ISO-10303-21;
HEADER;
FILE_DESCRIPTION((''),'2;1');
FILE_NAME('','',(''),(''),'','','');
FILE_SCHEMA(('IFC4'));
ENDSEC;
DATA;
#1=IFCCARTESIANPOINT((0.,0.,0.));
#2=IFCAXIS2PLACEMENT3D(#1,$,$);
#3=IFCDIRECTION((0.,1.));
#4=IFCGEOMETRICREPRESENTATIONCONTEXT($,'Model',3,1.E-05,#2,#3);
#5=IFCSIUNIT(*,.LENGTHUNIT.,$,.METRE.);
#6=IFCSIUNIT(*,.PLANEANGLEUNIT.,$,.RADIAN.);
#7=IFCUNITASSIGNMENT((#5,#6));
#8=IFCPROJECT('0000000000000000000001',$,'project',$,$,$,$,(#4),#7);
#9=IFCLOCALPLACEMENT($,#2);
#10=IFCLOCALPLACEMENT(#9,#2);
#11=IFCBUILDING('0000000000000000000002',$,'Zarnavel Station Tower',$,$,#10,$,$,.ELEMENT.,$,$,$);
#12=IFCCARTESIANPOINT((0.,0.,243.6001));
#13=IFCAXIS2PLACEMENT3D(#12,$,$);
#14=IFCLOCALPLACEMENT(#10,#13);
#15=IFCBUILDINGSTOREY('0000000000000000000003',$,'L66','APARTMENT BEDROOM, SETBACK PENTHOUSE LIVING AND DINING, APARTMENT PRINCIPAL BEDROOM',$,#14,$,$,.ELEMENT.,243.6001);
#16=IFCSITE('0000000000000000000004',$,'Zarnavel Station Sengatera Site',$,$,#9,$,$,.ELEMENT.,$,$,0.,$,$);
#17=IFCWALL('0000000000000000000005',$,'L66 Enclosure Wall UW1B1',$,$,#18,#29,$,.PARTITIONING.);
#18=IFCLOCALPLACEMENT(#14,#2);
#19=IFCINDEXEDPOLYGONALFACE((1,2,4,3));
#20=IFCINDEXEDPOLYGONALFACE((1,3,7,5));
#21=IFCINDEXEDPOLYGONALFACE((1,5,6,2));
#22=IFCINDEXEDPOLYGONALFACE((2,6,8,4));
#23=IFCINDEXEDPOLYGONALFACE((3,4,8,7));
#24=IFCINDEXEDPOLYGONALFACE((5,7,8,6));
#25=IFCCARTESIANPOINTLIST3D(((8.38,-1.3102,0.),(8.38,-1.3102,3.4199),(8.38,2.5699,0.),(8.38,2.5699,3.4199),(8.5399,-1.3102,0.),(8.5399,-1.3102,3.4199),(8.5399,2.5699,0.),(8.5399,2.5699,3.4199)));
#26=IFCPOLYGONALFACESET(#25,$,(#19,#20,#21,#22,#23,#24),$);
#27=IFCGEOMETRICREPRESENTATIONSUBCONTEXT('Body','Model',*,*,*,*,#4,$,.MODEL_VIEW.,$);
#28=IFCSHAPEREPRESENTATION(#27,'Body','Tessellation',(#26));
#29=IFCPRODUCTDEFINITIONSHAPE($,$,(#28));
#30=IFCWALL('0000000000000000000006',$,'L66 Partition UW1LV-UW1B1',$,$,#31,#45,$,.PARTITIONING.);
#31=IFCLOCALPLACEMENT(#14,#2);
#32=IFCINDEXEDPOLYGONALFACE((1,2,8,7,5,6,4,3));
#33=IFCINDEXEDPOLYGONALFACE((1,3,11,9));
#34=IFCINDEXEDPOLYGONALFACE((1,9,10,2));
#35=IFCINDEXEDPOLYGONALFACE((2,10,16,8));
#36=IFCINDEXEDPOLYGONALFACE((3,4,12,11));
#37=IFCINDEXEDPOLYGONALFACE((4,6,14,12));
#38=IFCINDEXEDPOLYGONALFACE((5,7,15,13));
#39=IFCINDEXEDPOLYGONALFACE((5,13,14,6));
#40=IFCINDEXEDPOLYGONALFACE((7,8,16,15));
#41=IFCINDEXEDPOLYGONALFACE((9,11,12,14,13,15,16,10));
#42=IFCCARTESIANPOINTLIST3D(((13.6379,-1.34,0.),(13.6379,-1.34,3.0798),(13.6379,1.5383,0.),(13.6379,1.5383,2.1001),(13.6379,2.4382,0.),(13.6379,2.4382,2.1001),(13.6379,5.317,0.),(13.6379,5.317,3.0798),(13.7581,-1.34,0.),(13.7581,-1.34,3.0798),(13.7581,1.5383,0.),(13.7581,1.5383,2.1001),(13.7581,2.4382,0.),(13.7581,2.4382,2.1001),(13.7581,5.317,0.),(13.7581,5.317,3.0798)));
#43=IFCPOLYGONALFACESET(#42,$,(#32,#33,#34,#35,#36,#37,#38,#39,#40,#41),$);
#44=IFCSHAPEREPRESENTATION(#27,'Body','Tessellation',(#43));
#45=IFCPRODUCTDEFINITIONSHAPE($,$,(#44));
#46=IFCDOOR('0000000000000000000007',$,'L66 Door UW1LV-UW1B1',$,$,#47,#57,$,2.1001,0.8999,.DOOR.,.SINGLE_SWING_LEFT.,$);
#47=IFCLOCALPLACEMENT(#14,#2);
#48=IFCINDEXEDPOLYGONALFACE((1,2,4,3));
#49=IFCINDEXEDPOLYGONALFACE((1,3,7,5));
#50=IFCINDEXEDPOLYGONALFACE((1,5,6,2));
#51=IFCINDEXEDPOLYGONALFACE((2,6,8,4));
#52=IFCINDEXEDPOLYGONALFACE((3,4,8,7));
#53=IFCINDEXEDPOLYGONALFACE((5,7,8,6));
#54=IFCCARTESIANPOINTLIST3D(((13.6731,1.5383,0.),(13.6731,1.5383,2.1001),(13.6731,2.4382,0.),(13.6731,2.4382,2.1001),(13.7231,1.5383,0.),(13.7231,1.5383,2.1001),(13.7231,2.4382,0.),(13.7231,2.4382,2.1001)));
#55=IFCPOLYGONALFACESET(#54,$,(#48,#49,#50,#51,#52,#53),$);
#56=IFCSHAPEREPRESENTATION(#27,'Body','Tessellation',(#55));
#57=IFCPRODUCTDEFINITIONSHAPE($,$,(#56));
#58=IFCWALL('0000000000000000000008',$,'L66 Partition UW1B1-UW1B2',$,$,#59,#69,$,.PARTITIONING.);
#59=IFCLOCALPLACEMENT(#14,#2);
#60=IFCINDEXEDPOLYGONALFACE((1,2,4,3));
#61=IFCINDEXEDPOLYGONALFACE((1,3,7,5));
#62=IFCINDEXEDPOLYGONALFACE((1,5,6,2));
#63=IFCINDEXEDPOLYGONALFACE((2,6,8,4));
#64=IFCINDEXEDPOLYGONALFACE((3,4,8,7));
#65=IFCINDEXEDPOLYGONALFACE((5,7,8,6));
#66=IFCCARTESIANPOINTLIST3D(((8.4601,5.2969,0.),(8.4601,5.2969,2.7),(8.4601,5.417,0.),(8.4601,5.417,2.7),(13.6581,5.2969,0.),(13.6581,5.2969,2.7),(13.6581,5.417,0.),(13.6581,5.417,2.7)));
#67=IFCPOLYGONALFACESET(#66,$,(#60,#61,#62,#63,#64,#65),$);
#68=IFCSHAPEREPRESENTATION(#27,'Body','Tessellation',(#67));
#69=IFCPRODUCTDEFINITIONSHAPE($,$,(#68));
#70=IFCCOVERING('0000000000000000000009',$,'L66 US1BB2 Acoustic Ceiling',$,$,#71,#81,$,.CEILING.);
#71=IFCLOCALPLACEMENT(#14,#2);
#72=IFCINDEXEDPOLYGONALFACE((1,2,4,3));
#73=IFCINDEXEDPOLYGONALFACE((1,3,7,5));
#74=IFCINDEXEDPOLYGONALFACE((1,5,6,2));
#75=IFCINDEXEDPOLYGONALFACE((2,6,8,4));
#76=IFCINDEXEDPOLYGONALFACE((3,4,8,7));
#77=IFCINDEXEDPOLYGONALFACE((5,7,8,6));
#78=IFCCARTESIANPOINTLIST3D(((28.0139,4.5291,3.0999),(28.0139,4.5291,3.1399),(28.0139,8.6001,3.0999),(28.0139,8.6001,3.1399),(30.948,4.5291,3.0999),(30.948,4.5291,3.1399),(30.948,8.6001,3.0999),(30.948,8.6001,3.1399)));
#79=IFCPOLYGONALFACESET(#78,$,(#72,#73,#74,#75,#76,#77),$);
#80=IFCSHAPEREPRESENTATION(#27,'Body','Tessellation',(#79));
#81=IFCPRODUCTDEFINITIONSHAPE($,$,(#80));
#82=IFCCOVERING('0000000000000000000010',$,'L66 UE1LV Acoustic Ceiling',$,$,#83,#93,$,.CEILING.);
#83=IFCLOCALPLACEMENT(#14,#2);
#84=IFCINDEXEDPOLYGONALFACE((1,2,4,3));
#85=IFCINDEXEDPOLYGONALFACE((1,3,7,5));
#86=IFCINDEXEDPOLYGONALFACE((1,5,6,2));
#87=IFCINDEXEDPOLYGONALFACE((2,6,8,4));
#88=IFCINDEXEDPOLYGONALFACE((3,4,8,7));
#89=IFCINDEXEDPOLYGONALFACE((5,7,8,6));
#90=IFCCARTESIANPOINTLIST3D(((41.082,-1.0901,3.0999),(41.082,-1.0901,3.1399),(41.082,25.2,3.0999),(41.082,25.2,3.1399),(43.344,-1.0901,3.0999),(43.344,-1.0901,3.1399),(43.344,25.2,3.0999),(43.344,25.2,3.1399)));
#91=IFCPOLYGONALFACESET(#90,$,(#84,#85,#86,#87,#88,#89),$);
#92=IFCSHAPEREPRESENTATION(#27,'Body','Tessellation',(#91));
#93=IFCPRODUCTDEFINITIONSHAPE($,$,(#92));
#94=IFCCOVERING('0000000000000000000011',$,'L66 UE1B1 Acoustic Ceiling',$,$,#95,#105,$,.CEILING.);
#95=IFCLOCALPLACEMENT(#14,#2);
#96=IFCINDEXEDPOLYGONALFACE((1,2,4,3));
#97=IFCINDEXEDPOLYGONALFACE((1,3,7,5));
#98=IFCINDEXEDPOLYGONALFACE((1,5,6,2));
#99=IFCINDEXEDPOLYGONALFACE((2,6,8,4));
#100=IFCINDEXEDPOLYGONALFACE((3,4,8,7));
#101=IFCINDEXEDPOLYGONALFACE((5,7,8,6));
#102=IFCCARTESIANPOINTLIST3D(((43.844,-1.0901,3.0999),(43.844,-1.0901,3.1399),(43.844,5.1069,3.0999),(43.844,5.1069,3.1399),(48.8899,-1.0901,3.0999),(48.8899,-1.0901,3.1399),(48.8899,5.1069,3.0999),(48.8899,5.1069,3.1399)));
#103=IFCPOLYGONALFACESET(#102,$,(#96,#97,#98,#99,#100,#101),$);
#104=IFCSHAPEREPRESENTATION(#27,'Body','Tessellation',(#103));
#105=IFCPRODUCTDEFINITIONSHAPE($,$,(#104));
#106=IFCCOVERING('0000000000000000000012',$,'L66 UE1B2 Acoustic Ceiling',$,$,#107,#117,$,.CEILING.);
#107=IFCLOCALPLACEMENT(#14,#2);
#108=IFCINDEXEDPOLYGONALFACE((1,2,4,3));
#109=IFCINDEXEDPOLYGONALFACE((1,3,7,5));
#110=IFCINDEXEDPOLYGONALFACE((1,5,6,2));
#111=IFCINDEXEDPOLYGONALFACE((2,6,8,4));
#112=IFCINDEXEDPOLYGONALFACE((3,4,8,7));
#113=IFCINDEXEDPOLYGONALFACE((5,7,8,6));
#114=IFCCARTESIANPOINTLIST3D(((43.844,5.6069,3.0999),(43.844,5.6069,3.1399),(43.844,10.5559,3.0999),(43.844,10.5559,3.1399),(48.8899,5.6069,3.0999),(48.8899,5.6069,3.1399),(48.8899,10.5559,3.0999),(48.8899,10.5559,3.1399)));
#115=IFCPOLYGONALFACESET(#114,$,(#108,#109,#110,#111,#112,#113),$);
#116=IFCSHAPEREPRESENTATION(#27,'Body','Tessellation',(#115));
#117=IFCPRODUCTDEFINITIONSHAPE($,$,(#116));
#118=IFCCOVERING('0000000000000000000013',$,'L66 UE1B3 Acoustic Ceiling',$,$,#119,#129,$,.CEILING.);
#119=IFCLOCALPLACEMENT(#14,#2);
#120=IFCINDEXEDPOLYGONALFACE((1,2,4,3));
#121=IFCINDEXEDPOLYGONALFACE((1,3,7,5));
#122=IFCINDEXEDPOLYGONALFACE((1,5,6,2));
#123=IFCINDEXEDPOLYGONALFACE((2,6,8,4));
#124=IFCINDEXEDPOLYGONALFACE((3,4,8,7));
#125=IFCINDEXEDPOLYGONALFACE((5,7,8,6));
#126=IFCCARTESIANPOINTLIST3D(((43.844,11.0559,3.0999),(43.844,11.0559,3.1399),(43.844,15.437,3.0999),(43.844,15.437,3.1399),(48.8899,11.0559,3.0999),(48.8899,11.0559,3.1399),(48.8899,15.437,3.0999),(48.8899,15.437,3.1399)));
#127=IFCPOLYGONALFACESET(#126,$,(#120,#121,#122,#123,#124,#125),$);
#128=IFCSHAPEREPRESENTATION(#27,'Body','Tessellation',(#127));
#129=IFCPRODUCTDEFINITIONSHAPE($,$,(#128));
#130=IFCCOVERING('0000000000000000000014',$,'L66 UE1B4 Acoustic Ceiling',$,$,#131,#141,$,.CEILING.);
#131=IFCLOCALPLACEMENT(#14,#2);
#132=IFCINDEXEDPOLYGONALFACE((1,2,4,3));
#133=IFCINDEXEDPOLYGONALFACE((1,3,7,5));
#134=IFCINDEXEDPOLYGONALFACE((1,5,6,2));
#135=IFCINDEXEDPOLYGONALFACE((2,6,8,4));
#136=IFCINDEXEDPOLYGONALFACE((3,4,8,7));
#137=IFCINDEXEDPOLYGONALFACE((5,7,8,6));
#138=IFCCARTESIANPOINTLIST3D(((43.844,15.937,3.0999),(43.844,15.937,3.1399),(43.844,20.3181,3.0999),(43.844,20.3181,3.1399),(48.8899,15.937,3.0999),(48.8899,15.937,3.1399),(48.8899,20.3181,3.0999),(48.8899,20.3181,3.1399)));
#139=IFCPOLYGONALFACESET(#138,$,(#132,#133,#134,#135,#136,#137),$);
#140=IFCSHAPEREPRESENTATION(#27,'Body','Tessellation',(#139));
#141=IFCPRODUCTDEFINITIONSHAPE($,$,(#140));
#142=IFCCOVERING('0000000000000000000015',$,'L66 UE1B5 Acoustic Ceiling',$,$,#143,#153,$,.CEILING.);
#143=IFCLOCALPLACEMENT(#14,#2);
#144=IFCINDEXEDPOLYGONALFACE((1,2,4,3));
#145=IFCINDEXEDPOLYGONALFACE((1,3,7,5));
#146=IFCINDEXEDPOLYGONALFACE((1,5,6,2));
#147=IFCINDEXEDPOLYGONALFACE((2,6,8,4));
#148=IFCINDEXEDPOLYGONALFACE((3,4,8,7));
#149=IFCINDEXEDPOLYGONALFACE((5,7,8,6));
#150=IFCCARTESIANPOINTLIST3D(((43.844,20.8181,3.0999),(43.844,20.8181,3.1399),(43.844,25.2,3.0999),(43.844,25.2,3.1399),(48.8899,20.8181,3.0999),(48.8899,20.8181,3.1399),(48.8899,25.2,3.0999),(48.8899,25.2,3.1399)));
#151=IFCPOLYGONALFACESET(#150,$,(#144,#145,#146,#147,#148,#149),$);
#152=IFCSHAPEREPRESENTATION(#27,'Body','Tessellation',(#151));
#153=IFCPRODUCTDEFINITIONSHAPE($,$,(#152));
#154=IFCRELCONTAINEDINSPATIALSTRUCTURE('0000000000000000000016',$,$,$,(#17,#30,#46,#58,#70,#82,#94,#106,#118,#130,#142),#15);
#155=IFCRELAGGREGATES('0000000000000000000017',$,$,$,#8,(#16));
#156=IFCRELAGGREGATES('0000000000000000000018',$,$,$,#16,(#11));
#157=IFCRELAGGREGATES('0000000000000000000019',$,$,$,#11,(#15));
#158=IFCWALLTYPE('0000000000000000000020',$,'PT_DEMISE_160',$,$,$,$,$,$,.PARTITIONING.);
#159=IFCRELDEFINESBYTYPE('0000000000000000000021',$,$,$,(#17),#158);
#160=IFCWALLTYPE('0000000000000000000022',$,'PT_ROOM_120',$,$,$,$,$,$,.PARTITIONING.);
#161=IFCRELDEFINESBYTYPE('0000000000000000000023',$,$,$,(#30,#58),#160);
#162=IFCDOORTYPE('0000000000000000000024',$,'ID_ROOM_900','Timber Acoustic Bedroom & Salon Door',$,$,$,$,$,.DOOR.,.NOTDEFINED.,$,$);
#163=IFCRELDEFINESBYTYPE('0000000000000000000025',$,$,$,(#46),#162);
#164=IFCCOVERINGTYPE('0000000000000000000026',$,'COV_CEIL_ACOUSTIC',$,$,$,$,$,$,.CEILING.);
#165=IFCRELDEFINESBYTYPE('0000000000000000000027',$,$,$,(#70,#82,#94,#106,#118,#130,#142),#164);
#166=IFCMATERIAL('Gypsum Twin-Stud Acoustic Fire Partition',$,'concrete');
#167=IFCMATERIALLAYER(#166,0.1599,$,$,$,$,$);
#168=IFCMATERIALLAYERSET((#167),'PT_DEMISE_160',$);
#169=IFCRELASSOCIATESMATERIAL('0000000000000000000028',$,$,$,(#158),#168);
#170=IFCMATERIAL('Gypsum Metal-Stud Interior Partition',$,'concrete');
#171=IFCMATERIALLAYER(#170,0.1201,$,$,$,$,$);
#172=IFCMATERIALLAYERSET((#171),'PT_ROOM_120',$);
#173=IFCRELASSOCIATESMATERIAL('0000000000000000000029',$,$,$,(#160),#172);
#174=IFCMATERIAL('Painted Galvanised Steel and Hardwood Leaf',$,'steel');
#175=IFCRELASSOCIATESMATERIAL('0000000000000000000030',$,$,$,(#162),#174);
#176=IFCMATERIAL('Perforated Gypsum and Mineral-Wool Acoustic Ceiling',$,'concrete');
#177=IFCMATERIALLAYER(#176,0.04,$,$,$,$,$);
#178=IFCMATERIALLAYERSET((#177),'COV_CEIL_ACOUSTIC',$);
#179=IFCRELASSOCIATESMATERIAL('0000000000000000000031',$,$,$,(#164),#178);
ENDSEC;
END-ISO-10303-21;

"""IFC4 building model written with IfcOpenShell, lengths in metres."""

from ifc_helpers import new_model, si_unit, direction, frame, frame_2d, origin, place, context, subcontext, project, spatial, polyline, rectangle, outline, extrude, material, layer, layer_set, type_object, element, fill, save


model = new_model("IFC4")

# Units and contexts
model_context = context("Model", 3, precision=1e-05, world=origin(), true_north=direction((0.0, 1.0)))
body_context = subcontext(model_context, "Body", "Model", "MODEL_VIEW")
ifc_project = project(units=[si_unit("LENGTHUNIT", "METRE"), si_unit("PLANEANGLEUNIT", "RADIAN")], contexts=[model_context])

# Site, building, storey
site_placement = place(None, origin())
site = spatial("IfcSite", under=ifc_project, at=site_placement, Name="Zarnavel Station Sengatera Site", CompositionType="ELEMENT", RefElevation=0.0)
building_placement = place(site_placement, origin())
building = spatial("IfcBuilding", under=site, at=building_placement, Name="Zarnavel Station Tower", CompositionType="ELEMENT")
storey_placement = place(building_placement, frame((0.0, 0.0, 243.6001)))
storey = spatial("IfcBuildingStorey", under=building, at=storey_placement, Name="L66", Description="APARTMENT BEDROOM, SETBACK PENTHOUSE LIVING AND DINING, APARTMENT PRINCIPAL BEDROOM", CompositionType="ELEMENT", Elevation=243.6001)

# Wall
ifc_material_1 = material(Name="Gypsum Twin-Stud Acoustic Fire Partition", Category="concrete")
ifc_layer_1 = layer(ifc_material_1, 0.1599)
ifc_layer_set_1 = layer_set([ifc_layer_1], Name="PT_DEMISE_160")
wall_type_1 = type_object("IfcWallType", Name="PT_DEMISE_160", PredefinedType="PARTITIONING", material=ifc_layer_set_1)
for number, where, z_axis, x_axis, name in (
    (1, (8.46, -1.3101, 0.0), (0.0, 0.0, 1.0), (0.0, 1.0, 0.0), "L66 Enclosure Wall UW1B1"),
):
    element("IfcWall", number, at=place(storey_placement, frame(where, z_axis=z_axis, x_axis=x_axis)), inside=storey, type_object=wall_type_1, Name=name, PredefinedType="PARTITIONING", context=body_context, shape_type="SweptSolid", body=[
        extrude(rectangle(XDim=3.8801, YDim=0.1599, at=frame_2d((1.9399, 0.0))), origin(), (0.0, 0.0, 1.0), 3.4199),
    ])

# Wall, opening, door
ifc_material_2 = material(Name="Gypsum Metal-Stud Interior Partition", Category="concrete")
ifc_layer_2 = layer(ifc_material_2, 0.1201)
ifc_layer_set_2 = layer_set([ifc_layer_2], Name="PT_ROOM_120")
wall_type_2 = type_object("IfcWallType", Name="PT_ROOM_120", PredefinedType="PARTITIONING", material=ifc_layer_set_2)
wall_1_placement = place(storey_placement, frame((13.698, -1.3401, 0.0), z_axis=(0.0, 0.0, 1.0), x_axis=(0.0, 1.0, 0.0)))
wall_1 = element("IfcWall", 2, at=wall_1_placement, inside=storey, type_object=wall_type_2, Name="L66 Partition UW1LV-UW1B1", PredefinedType="PARTITIONING", context=body_context, shape_type="SweptSolid", body=[
    extrude(rectangle(XDim=6.657, YDim=0.1201, at=frame_2d((3.3286, 0.0))), origin(), (0.0, 0.0, 1.0), 3.0798),
])
opening_1_placement = place(wall_1_placement, frame((2.8784, 0.0, 0.0)))
opening_1 = element("IfcOpeningElement", 3, at=opening_1_placement, cuts=wall_1, PredefinedType="OPENING", context=body_context, shape_type="SweptSolid", body=[
    extrude(rectangle(XDim=0.8999, YDim=2.1001, at=frame_2d((0.45, 1.05))), frame((0.0, 0.0701, 0.0), z_axis=(0.0, -1.0, 0.0), x_axis=(1.0, 0.0, 0.0)), (0.0, 0.0, 1.0), 0.1401),
])
ifc_material_3 = material(Name="Painted Galvanised Steel and Hardwood Leaf", Category="steel")
door_type_1 = type_object("IfcDoorType", Name="ID_ROOM_900", Description="Timber Acoustic Bedroom & Salon Door", OperationType="NOTDEFINED", PredefinedType="DOOR", material=ifc_material_3)
door_1_placement = place(opening_1_placement, origin())
door_1 = element("IfcDoor", 4, at=door_1_placement, inside=storey, type_object=door_type_1, Name="L66 Door UW1LV-UW1B1", OperationType="SINGLE_SWING_LEFT", OverallHeight=2.1001, OverallWidth=0.8999, PredefinedType="DOOR", context=body_context, shape_type="SweptSolid", body=[
    extrude(rectangle(XDim=0.8999, YDim=2.1001, at=frame_2d((0.45, 1.05))), frame((0.0, 0.0249, 0.0), z_axis=(0.0, -1.0, 0.0), x_axis=(1.0, 0.0, 0.0)), (0.0, 0.0, 1.0), 0.05),
])
fill(opening_1, door_1)

# Wall
wall_2_placement = place(storey_placement, frame((8.46, 5.3569, 0.0), z_axis=(0.0, 0.0, 1.0), x_axis=(1.0, 0.0, 0.0)))
element("IfcWall", 5, at=wall_2_placement, inside=storey, type_object=wall_type_2, Name="L66 Partition UW1B1-UW1B2", PredefinedType="PARTITIONING", context=body_context, shape_type="SweptSolid", body=[
    extrude(rectangle(XDim=5.198, YDim=0.1201, at=frame_2d((2.5991, 0.0))), origin(), (0.0, 0.0, 1.0), 2.7),
])

# Coverings
ifc_material_4 = material(Name="Perforated Gypsum and Mineral-Wool Acoustic Ceiling", Category="concrete")
ifc_layer_3 = layer(ifc_material_4, 0.04)
ifc_layer_set_3 = layer_set([ifc_layer_3], Name="COV_CEIL_ACOUSTIC")
covering_type = type_object("IfcCoveringType", Name="COV_CEIL_ACOUSTIC", PredefinedType="CEILING", material=ifc_layer_set_3)
covering_1_placement = place(storey_placement, frame((0.0, 0.0, 3.0999)))
element("IfcCovering", 6, at=covering_1_placement, inside=storey, type_object=covering_type, Name="L66 US1BB2 Acoustic Ceiling", PredefinedType="CEILING", context=body_context, shape_type="SweptSolid", body=[
    extrude(outline(polyline([(28.0139, 4.5291), (30.948, 4.5291), (30.948, 8.6001), (28.0139, 8.6001), (28.0139, 4.5291)])), origin(), (0.0, 0.0, 1.0), 0.04),
])
covering_2_placement = place(storey_placement, frame((0.0, 0.0, 3.0999)))
element("IfcCovering", 7, at=covering_2_placement, inside=storey, type_object=covering_type, Name="L66 UE1LV Acoustic Ceiling", PredefinedType="CEILING", context=body_context, shape_type="SweptSolid", body=[
    extrude(outline(polyline([(41.082, -1.0901), (43.344, -1.0901), (43.344, 25.2), (41.082, 25.2), (41.082, -1.0901)])), origin(), (0.0, 0.0, 1.0), 0.04),
])
covering_3_placement = place(storey_placement, frame((0.0, 0.0, 3.0999)))
element("IfcCovering", 8, at=covering_3_placement, inside=storey, type_object=covering_type, Name="L66 UE1B1 Acoustic Ceiling", PredefinedType="CEILING", context=body_context, shape_type="SweptSolid", body=[
    extrude(outline(polyline([(43.844, -1.0901), (48.8899, -1.0901), (48.8899, 5.1069), (43.844, 5.1069), (43.844, -1.0901)])), origin(), (0.0, 0.0, 1.0), 0.04),
])
covering_4_placement = place(storey_placement, frame((0.0, 0.0, 3.0999)))
element("IfcCovering", 9, at=covering_4_placement, inside=storey, type_object=covering_type, Name="L66 UE1B2 Acoustic Ceiling", PredefinedType="CEILING", context=body_context, shape_type="SweptSolid", body=[
    extrude(outline(polyline([(43.844, 5.6069), (48.8899, 5.6069), (48.8899, 10.5559), (43.844, 10.5559), (43.844, 5.6069)])), origin(), (0.0, 0.0, 1.0), 0.04),
])
covering_5_placement = place(storey_placement, frame((0.0, 0.0, 3.0999)))
element("IfcCovering", 10, at=covering_5_placement, inside=storey, type_object=covering_type, Name="L66 UE1B3 Acoustic Ceiling", PredefinedType="CEILING", context=body_context, shape_type="SweptSolid", body=[
    extrude(outline(polyline([(43.844, 11.0559), (48.8899, 11.0559), (48.8899, 15.437), (43.844, 15.437), (43.844, 11.0559)])), origin(), (0.0, 0.0, 1.0), 0.04),
])
covering_6_placement = place(storey_placement, frame((0.0, 0.0, 3.0999)))
element("IfcCovering", 11, at=covering_6_placement, inside=storey, type_object=covering_type, Name="L66 UE1B4 Acoustic Ceiling", PredefinedType="CEILING", context=body_context, shape_type="SweptSolid", body=[
    extrude(outline(polyline([(43.844, 15.937), (48.8899, 15.937), (48.8899, 20.3181), (43.844, 20.3181), (43.844, 15.937)])), origin(), (0.0, 0.0, 1.0), 0.04),
])
covering_7_placement = place(storey_placement, frame((0.0, 0.0, 3.0999)))
element("IfcCovering", 12, at=covering_7_placement, inside=storey, type_object=covering_type, Name="L66 UE1B5 Acoustic Ceiling", PredefinedType="CEILING", context=body_context, shape_type="SweptSolid", body=[
    extrude(outline(polyline([(43.844, 20.8181), (48.8899, 20.8181), (48.8899, 25.2), (43.844, 25.2), (43.844, 20.8181)])), origin(), (0.0, 0.0, 1.0), 0.04),
])

save(model, "model.ifc")
